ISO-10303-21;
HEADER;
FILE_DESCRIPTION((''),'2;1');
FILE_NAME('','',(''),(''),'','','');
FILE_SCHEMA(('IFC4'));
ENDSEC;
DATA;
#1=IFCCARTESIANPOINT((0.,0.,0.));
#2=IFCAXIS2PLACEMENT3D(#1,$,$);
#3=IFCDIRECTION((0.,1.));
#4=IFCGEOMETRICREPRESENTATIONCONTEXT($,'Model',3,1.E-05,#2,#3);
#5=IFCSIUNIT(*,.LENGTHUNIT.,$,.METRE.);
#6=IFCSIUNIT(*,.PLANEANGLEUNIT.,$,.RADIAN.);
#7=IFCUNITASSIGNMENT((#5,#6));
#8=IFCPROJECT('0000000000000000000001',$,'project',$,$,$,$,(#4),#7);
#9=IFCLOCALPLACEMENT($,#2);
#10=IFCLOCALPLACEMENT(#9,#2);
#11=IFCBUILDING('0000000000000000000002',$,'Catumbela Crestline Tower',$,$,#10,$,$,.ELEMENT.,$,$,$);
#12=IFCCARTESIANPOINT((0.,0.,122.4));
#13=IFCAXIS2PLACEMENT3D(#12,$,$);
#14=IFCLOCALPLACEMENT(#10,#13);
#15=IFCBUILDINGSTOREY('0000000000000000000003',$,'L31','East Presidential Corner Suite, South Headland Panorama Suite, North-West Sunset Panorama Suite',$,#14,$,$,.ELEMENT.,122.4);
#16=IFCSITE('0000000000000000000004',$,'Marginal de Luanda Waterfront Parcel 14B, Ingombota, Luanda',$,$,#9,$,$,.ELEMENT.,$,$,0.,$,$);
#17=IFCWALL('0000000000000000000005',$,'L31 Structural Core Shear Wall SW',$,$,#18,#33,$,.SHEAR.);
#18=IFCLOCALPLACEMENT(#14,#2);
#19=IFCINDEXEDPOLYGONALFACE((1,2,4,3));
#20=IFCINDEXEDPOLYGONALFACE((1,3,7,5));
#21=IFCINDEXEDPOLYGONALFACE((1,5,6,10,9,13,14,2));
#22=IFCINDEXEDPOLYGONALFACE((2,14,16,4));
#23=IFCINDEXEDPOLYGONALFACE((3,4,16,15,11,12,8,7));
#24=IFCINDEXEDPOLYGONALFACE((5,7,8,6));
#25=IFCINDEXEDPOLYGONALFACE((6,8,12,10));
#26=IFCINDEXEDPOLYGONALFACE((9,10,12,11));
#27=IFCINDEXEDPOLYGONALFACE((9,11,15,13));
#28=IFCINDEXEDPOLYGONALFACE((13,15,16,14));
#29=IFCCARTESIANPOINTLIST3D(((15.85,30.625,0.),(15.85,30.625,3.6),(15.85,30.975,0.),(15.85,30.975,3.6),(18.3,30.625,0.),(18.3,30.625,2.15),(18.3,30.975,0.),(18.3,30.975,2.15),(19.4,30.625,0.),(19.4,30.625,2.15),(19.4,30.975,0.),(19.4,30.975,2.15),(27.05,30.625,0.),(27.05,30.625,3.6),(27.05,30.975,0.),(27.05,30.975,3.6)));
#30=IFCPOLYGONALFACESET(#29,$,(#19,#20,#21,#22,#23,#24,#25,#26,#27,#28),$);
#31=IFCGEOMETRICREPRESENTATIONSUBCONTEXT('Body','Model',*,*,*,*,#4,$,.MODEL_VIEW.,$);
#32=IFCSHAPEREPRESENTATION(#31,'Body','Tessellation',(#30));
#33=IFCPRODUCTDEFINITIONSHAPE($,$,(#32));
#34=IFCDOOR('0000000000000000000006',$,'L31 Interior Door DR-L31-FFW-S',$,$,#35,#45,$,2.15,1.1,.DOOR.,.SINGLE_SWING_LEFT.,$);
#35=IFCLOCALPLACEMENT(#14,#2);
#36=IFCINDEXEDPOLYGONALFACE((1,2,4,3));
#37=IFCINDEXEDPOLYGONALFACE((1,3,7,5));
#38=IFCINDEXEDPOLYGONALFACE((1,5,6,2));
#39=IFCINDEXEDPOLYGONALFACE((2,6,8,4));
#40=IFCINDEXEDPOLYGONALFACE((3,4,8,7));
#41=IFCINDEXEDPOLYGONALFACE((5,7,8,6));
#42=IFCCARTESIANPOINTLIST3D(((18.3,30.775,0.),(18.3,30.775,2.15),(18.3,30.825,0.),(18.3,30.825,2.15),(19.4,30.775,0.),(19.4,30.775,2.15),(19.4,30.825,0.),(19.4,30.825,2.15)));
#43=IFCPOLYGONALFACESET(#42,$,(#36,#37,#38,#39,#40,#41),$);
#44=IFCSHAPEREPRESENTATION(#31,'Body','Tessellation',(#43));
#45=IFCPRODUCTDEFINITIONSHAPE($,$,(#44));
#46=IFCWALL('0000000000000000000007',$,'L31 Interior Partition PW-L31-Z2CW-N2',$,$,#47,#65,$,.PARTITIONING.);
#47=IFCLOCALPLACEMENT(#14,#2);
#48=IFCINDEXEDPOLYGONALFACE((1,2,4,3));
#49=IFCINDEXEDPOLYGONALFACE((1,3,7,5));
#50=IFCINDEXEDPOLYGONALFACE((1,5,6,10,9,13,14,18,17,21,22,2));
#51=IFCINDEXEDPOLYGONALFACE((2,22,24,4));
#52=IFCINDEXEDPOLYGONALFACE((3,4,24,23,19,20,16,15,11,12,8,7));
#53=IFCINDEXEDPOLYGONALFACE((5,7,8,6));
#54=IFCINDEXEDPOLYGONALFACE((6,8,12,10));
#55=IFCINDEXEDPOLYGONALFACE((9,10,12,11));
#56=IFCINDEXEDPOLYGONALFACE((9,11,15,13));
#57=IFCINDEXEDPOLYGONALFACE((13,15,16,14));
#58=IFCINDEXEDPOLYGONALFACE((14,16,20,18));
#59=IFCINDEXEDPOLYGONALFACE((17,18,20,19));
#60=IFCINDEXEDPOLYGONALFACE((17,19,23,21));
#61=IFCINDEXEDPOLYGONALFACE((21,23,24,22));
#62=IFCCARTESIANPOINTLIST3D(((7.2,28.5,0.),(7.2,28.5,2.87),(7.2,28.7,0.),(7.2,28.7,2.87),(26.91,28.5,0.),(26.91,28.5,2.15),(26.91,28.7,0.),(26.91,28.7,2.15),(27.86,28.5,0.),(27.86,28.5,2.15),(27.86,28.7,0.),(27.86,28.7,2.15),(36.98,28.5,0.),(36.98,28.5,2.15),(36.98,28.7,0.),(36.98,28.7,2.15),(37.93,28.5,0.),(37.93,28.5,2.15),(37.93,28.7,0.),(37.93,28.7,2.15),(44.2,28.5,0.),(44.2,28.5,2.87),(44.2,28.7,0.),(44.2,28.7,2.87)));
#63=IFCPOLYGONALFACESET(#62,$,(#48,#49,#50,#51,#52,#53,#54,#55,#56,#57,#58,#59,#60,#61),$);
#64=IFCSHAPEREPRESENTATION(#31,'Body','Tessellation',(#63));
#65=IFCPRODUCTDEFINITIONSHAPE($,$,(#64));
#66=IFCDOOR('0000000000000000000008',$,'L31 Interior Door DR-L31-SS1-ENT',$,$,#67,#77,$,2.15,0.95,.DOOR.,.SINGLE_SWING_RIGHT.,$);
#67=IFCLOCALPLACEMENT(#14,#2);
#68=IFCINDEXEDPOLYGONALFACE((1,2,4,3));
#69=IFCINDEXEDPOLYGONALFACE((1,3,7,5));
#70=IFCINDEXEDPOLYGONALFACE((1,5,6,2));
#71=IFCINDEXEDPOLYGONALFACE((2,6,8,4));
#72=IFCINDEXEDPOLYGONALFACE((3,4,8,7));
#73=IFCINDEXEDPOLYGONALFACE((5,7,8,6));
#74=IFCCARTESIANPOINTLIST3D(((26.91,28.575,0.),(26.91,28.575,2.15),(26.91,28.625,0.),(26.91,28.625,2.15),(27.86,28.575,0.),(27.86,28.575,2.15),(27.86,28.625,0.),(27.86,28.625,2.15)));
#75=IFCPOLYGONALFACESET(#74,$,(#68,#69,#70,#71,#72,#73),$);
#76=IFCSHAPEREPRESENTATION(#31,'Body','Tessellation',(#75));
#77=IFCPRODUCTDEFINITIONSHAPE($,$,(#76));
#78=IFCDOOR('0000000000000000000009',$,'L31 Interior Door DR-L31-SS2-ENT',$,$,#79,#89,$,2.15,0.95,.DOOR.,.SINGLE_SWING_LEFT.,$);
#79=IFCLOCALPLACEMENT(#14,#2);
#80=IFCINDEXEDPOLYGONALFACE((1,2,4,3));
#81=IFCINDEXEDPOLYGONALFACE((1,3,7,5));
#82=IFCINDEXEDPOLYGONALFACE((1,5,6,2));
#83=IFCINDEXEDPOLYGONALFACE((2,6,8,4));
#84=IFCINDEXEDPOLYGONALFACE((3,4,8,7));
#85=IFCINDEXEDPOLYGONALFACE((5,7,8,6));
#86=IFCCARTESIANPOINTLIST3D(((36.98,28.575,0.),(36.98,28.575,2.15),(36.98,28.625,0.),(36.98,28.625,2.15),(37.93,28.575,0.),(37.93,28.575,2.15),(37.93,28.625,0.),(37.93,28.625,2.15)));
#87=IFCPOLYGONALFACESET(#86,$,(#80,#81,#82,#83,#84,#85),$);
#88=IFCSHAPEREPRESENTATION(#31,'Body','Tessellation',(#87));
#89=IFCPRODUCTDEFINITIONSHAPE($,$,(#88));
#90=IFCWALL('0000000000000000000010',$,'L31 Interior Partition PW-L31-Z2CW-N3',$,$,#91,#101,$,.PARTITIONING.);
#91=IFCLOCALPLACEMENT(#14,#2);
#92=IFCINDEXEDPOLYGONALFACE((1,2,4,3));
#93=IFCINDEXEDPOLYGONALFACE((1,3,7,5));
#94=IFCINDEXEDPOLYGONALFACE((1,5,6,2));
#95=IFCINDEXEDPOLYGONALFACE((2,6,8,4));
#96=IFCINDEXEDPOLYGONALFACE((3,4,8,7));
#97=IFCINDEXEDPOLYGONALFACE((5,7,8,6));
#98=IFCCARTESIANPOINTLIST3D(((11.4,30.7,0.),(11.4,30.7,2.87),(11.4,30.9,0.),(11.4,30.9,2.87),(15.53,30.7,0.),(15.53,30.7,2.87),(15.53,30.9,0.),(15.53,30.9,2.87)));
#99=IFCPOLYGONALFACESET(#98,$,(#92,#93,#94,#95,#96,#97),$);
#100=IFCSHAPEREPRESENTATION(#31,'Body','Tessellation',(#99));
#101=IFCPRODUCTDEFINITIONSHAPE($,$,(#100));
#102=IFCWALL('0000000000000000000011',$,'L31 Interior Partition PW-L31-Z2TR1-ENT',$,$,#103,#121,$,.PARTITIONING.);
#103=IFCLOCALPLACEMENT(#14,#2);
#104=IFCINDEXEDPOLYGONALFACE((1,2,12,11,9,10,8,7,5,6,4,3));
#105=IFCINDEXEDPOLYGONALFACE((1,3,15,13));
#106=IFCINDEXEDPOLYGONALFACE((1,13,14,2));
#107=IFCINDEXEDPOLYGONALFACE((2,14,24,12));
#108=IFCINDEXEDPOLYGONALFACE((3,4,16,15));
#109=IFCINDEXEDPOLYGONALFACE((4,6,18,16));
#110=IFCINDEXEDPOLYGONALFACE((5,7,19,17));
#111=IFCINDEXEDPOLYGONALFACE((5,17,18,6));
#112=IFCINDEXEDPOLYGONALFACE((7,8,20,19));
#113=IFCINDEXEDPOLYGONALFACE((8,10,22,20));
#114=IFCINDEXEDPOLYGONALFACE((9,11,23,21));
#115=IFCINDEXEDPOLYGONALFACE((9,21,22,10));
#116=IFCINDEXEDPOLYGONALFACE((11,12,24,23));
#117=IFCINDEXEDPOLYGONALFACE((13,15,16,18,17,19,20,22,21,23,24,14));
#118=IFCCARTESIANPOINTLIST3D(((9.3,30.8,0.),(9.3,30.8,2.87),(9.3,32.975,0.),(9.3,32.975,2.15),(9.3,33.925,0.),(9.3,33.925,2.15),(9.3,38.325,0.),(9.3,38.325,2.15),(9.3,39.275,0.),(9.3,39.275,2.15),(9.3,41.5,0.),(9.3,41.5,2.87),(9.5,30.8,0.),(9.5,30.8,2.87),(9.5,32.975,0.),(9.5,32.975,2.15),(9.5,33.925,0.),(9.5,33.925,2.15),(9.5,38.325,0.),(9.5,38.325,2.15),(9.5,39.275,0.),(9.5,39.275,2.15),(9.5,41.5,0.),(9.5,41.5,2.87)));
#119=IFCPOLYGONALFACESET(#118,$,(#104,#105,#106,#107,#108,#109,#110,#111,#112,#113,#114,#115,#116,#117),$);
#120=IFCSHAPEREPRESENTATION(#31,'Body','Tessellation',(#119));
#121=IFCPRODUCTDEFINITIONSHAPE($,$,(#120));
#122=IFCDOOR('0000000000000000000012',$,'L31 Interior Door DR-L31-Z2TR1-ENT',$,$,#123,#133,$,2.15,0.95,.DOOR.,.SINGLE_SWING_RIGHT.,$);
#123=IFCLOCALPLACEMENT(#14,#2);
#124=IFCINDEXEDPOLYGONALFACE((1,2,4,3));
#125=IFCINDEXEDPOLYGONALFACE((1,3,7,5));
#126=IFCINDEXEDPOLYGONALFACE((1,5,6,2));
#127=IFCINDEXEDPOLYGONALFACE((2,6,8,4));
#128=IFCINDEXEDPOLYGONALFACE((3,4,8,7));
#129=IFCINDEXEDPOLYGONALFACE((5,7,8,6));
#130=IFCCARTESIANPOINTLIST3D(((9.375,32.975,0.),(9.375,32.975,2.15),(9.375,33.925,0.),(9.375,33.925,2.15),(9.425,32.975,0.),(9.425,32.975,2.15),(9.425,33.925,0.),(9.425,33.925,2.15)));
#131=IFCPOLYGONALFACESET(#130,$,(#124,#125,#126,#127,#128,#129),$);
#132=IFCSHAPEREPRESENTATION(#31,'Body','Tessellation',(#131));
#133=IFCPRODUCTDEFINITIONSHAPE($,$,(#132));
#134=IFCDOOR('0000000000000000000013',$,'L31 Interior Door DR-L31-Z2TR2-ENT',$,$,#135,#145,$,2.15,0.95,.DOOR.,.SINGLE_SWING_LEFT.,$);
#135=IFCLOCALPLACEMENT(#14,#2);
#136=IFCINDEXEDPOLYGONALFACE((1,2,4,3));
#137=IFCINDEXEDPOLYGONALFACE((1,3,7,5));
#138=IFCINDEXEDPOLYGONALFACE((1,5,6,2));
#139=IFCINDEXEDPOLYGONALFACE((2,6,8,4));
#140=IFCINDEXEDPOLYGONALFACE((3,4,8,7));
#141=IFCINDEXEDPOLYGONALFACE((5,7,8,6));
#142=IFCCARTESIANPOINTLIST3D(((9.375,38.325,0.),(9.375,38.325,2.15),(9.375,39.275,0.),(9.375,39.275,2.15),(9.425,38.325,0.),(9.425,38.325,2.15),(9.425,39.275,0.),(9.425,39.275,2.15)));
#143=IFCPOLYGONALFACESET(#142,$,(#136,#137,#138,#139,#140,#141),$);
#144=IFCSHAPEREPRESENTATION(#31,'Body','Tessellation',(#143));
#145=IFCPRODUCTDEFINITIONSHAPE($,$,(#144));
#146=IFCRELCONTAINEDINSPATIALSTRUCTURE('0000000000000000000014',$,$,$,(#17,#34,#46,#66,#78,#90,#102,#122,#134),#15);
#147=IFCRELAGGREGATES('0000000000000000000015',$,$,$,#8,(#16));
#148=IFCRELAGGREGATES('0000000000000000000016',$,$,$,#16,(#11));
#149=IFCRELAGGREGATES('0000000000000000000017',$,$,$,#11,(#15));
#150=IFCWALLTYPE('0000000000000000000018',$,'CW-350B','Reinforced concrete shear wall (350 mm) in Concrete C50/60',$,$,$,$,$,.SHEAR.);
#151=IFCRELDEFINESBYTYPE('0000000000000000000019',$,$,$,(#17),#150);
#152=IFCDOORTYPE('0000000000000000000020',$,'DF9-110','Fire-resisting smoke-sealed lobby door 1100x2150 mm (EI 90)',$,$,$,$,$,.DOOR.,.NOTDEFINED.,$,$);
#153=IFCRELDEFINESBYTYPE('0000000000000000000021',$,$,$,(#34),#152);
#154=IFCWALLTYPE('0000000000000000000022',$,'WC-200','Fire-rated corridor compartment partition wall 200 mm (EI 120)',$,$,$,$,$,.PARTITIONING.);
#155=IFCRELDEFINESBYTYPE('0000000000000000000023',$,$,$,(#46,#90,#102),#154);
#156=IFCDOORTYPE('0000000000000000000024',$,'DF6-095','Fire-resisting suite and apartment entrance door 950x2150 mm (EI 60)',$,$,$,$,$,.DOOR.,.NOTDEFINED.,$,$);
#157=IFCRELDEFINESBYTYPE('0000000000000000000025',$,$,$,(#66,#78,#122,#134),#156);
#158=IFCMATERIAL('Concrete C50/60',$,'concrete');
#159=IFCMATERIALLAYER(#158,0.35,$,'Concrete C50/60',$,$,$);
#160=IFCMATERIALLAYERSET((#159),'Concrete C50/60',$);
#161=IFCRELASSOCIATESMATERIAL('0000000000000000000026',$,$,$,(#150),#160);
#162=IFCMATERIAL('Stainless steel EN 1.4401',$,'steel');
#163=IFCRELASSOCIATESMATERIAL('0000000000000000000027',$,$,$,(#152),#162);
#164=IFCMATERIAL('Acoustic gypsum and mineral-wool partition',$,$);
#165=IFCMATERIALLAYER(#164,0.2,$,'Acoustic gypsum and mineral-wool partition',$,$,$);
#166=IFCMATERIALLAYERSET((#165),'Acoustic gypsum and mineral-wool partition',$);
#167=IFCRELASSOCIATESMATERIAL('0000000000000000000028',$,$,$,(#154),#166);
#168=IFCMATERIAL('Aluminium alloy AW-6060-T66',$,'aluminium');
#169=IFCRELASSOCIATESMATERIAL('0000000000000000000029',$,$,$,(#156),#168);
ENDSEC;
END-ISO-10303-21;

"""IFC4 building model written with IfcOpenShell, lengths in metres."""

from ifc_helpers import new_model, si_unit, direction, frame, frame_2d, origin, place, context, subcontext, project, spatial, rectangle, extrude, material, layer, layer_set, type_object, element, fill, save


model = new_model("IFC4")

# Units and contexts
model_context = context("Model", 3, precision=1e-05, world=origin(), true_north=direction((0.0, 1.0)))
body_context = subcontext(model_context, "Body", "Model", "MODEL_VIEW")
ifc_project = project(units=[si_unit("LENGTHUNIT", "METRE"), si_unit("PLANEANGLEUNIT", "RADIAN")], contexts=[model_context])

# Site, building, storey
site_placement = place(None, origin())
site = spatial("IfcSite", under=ifc_project, at=site_placement, Name="Marginal de Luanda Waterfront Parcel 14B, Ingombota, Luanda", CompositionType="ELEMENT", RefElevation=0.0)
building_placement = place(site_placement, origin())
building = spatial("IfcBuilding", under=site, at=building_placement, Name="Catumbela Crestline Tower", CompositionType="ELEMENT")
storey_placement = place(building_placement, frame((0.0, 0.0, 122.4)))
storey = spatial("IfcBuildingStorey", under=building, at=storey_placement, Name="L31", Description="East Presidential Corner Suite, South Headland Panorama Suite, North-West Sunset Panorama Suite", CompositionType="ELEMENT", Elevation=122.4)

# Shared definitions
ifc_material_1 = material(Name="Concrete C50/60", Category="concrete")
ifc_material_2 = material(Name="Stainless steel EN 1.4401", Category="steel")

# Shared definitions
ifc_layer_1 = layer(ifc_material_1, 0.35, Name="Concrete C50/60")
ifc_layer_set_1 = layer_set([ifc_layer_1], Name="Concrete C50/60")
wall_type_1 = type_object("IfcWallType", Name="CW-350B", Description="Reinforced concrete shear wall (350 mm) in Concrete C50/60", PredefinedType="SHEAR", material=ifc_layer_set_1)

# Wall, opening, door
wall_1_placement = place(storey_placement, frame((15.85, 30.8, 0.0), z_axis=(0.0, 0.0, 1.0), x_axis=(1.0, 0.0, 0.0)))
wall_1 = element("IfcWall", 1, at=wall_1_placement, inside=storey, type_object=wall_type_1, Name="L31 Structural Core Shear Wall SW", PredefinedType="SHEAR", context=body_context, shape_type="SweptSolid", body=[
    extrude(rectangle(XDim=11.2, YDim=0.35, at=frame_2d((5.6, 0.0))), origin(), (0.0, 0.0, 1.0), 3.6),
])
opening_1_placement = place(wall_1_placement, frame((2.45, 0.0, 0.0)))
opening_1 = element("IfcOpeningElement", 2, at=opening_1_placement, cuts=wall_1, PredefinedType="OPENING", context=body_context, shape_type="SweptSolid", body=[
    extrude(rectangle(XDim=1.1, YDim=2.15, at=frame_2d((0.55, 1.075))), frame((0.0, 0.185, 0.0), z_axis=(0.0, -1.0, 0.0), x_axis=(1.0, 0.0, 0.0)), (0.0, 0.0, 1.0), 0.37),
])
door_type_1 = type_object("IfcDoorType", Name="DF9-110", Description="Fire-resisting smoke-sealed lobby door 1100x2150 mm (EI 90)", OperationType="NOTDEFINED", PredefinedType="DOOR", material=ifc_material_2)
door_1_placement = place(opening_1_placement, origin())
door_1 = element("IfcDoor", 3, at=door_1_placement, inside=storey, type_object=door_type_1, Name="L31 Interior Door DR-L31-FFW-S", OperationType="SINGLE_SWING_LEFT", OverallHeight=2.15, OverallWidth=1.1, PredefinedType="DOOR", context=body_context, shape_type="SweptSolid", body=[
    extrude(rectangle(XDim=1.1, YDim=2.15, at=frame_2d((0.55, 1.075))), frame((0.0, 0.025, 0.0), z_axis=(0.0, -1.0, 0.0), x_axis=(1.0, 0.0, 0.0)), (0.0, 0.0, 1.0), 0.05),
])
fill(opening_1, door_1)

# Wall, openings, doors
ifc_material_3 = material(Name="Acoustic gypsum and mineral-wool partition")
ifc_layer_2 = layer(ifc_material_3, 0.2, Name="Acoustic gypsum and mineral-wool partition")
ifc_layer_set_2 = layer_set([ifc_layer_2], Name="Acoustic gypsum and mineral-wool partition")
wall_type_2 = type_object("IfcWallType", Name="WC-200", Description="Fire-rated corridor compartment partition wall 200 mm (EI 120)", PredefinedType="PARTITIONING", material=ifc_layer_set_2)
wall_2_placement = place(storey_placement, frame((7.2, 28.6, 0.0), z_axis=(0.0, 0.0, 1.0), x_axis=(1.0, 0.0, 0.0)))
wall_2 = element("IfcWall", 4, at=wall_2_placement, inside=storey, type_object=wall_type_2, Name="L31 Interior Partition PW-L31-Z2CW-N2", PredefinedType="PARTITIONING", context=body_context, shape_type="SweptSolid", body=[
    extrude(rectangle(XDim=37.0, YDim=0.2, at=frame_2d((18.5, 0.0))), origin(), (0.0, 0.0, 1.0), 2.87),
])
opening_2_placement = place(wall_2_placement, frame((19.71, 0.0, 0.0)))
opening_2 = element("IfcOpeningElement", 5, at=opening_2_placement, cuts=wall_2, PredefinedType="OPENING", context=body_context, shape_type="SweptSolid", body=[
    extrude(rectangle(XDim=0.95, YDim=2.15, at=frame_2d((0.475, 1.075))), frame((0.0, 0.11, 0.0), z_axis=(0.0, -1.0, 0.0), x_axis=(1.0, 0.0, 0.0)), (0.0, 0.0, 1.0), 0.22),
])
opening_3_placement = place(wall_2_placement, frame((29.78, 0.0, 0.0)))
opening_3 = element("IfcOpeningElement", 6, at=opening_3_placement, cuts=wall_2, PredefinedType="OPENING", context=body_context, shape_type="SweptSolid", body=[
    extrude(rectangle(XDim=0.95, YDim=2.15, at=frame_2d((0.475, 1.075))), frame((0.0, 0.11, 0.0), z_axis=(0.0, -1.0, 0.0), x_axis=(1.0, 0.0, 0.0)), (0.0, 0.0, 1.0), 0.22),
])
ifc_material_4 = material(Name="Aluminium alloy AW-6060-T66", Category="aluminium")
door_type_2 = type_object("IfcDoorType", Name="DF6-095", Description="Fire-resisting suite and apartment entrance door 950x2150 mm (EI 60)", OperationType="NOTDEFINED", PredefinedType="DOOR", material=ifc_material_4)
door_2_placement = place(opening_2_placement, origin())
door_2 = element("IfcDoor", 7, at=door_2_placement, inside=storey, type_object=door_type_2, Name="L31 Interior Door DR-L31-SS1-ENT", OperationType="SINGLE_SWING_RIGHT", OverallHeight=2.15, OverallWidth=0.95, PredefinedType="DOOR", context=body_context, shape_type="SweptSolid", body=[
    extrude(rectangle(XDim=0.95, YDim=2.15, at=frame_2d((0.475, 1.075))), frame((0.0, 0.025, 0.0), z_axis=(0.0, -1.0, 0.0), x_axis=(1.0, 0.0, 0.0)), (0.0, 0.0, 1.0), 0.05),
])
fill(opening_2, door_2)
door_3_placement = place(opening_3_placement, origin())
door_3 = element("IfcDoor", 8, at=door_3_placement, inside=storey, type_object=door_type_2, Name="L31 Interior Door DR-L31-SS2-ENT", OperationType="SINGLE_SWING_LEFT", OverallHeight=2.15, OverallWidth=0.95, PredefinedType="DOOR", context=body_context, shape_type="SweptSolid", body=[
    extrude(rectangle(XDim=0.95, YDim=2.15, at=frame_2d((0.475, 1.075))), frame((0.0, 0.025, 0.0), z_axis=(0.0, -1.0, 0.0), x_axis=(1.0, 0.0, 0.0)), (0.0, 0.0, 1.0), 0.05),
])
fill(opening_3, door_3)

# Wall
wall_3_placement = place(storey_placement, frame((11.4, 30.8, 0.0), z_axis=(0.0, 0.0, 1.0), x_axis=(1.0, 0.0, 0.0)))
element("IfcWall", 9, at=wall_3_placement, inside=storey, type_object=wall_type_2, Name="L31 Interior Partition PW-L31-Z2CW-N3", PredefinedType="PARTITIONING", context=body_context, shape_type="SweptSolid", body=[
    extrude(rectangle(XDim=4.13, YDim=0.2, at=frame_2d((2.065, 0.0))), origin(), (0.0, 0.0, 1.0), 2.87),
])

# Wall, openings, doors
wall_4_placement = place(storey_placement, frame((9.4, 30.8, 0.0), z_axis=(0.0, 0.0, 1.0), x_axis=(0.0, 1.0, 0.0)))
wall_4 = element("IfcWall", 10, at=wall_4_placement, inside=storey, type_object=wall_type_2, Name="L31 Interior Partition PW-L31-Z2TR1-ENT", PredefinedType="PARTITIONING", context=body_context, shape_type="SweptSolid", body=[
    extrude(rectangle(XDim=10.7, YDim=0.2, at=frame_2d((5.35, 0.0))), origin(), (0.0, 0.0, 1.0), 2.87),
])
opening_4_placement = place(wall_4_placement, frame((2.175, 0.0, 0.0)))
opening_4 = element("IfcOpeningElement", 11, at=opening_4_placement, cuts=wall_4, PredefinedType="OPENING", context=body_context, shape_type="SweptSolid", body=[
    extrude(rectangle(XDim=0.95, YDim=2.15, at=frame_2d((0.475, 1.075))), frame((0.0, 0.11, 0.0), z_axis=(0.0, -1.0, 0.0), x_axis=(1.0, 0.0, 0.0)), (0.0, 0.0, 1.0), 0.22),
])
opening_5_placement = place(wall_4_placement, frame((7.525, 0.0, 0.0)))
opening_5 = element("IfcOpeningElement", 12, at=opening_5_placement, cuts=wall_4, PredefinedType="OPENING", context=body_context, shape_type="SweptSolid", body=[
    extrude(rectangle(XDim=0.95, YDim=2.15, at=frame_2d((0.475, 1.075))), frame((0.0, 0.11, 0.0), z_axis=(0.0, -1.0, 0.0), x_axis=(1.0, 0.0, 0.0)), (0.0, 0.0, 1.0), 0.22),
])
door_4_placement = place(opening_4_placement, origin())
door_4 = element("IfcDoor", 13, at=door_4_placement, inside=storey, type_object=door_type_2, Name="L31 Interior Door DR-L31-Z2TR1-ENT", OperationType="SINGLE_SWING_RIGHT", OverallHeight=2.15, OverallWidth=0.95, PredefinedType="DOOR", context=body_context, shape_type="SweptSolid", body=[
    extrude(rectangle(XDim=0.95, YDim=2.15, at=frame_2d((0.475, 1.075))), frame((0.0, 0.025, 0.0), z_axis=(0.0, -1.0, 0.0), x_axis=(1.0, 0.0, 0.0)), (0.0, 0.0, 1.0), 0.05),
])
fill(opening_4, door_4)
door_5_placement = place(opening_5_placement, origin())
door_5 = element("IfcDoor", 14, at=door_5_placement, inside=storey, type_object=door_type_2, Name="L31 Interior Door DR-L31-Z2TR2-ENT", OperationType="SINGLE_SWING_LEFT", OverallHeight=2.15, OverallWidth=0.95, PredefinedType="DOOR", context=body_context, shape_type="SweptSolid", body=[
    extrude(rectangle(XDim=0.95, YDim=2.15, at=frame_2d((0.475, 1.075))), frame((0.0, 0.025, 0.0), z_axis=(0.0, -1.0, 0.0), x_axis=(1.0, 0.0, 0.0)), (0.0, 0.0, 1.0), 0.05),
])
fill(opening_5, door_5)

save(model, "model.ifc")
